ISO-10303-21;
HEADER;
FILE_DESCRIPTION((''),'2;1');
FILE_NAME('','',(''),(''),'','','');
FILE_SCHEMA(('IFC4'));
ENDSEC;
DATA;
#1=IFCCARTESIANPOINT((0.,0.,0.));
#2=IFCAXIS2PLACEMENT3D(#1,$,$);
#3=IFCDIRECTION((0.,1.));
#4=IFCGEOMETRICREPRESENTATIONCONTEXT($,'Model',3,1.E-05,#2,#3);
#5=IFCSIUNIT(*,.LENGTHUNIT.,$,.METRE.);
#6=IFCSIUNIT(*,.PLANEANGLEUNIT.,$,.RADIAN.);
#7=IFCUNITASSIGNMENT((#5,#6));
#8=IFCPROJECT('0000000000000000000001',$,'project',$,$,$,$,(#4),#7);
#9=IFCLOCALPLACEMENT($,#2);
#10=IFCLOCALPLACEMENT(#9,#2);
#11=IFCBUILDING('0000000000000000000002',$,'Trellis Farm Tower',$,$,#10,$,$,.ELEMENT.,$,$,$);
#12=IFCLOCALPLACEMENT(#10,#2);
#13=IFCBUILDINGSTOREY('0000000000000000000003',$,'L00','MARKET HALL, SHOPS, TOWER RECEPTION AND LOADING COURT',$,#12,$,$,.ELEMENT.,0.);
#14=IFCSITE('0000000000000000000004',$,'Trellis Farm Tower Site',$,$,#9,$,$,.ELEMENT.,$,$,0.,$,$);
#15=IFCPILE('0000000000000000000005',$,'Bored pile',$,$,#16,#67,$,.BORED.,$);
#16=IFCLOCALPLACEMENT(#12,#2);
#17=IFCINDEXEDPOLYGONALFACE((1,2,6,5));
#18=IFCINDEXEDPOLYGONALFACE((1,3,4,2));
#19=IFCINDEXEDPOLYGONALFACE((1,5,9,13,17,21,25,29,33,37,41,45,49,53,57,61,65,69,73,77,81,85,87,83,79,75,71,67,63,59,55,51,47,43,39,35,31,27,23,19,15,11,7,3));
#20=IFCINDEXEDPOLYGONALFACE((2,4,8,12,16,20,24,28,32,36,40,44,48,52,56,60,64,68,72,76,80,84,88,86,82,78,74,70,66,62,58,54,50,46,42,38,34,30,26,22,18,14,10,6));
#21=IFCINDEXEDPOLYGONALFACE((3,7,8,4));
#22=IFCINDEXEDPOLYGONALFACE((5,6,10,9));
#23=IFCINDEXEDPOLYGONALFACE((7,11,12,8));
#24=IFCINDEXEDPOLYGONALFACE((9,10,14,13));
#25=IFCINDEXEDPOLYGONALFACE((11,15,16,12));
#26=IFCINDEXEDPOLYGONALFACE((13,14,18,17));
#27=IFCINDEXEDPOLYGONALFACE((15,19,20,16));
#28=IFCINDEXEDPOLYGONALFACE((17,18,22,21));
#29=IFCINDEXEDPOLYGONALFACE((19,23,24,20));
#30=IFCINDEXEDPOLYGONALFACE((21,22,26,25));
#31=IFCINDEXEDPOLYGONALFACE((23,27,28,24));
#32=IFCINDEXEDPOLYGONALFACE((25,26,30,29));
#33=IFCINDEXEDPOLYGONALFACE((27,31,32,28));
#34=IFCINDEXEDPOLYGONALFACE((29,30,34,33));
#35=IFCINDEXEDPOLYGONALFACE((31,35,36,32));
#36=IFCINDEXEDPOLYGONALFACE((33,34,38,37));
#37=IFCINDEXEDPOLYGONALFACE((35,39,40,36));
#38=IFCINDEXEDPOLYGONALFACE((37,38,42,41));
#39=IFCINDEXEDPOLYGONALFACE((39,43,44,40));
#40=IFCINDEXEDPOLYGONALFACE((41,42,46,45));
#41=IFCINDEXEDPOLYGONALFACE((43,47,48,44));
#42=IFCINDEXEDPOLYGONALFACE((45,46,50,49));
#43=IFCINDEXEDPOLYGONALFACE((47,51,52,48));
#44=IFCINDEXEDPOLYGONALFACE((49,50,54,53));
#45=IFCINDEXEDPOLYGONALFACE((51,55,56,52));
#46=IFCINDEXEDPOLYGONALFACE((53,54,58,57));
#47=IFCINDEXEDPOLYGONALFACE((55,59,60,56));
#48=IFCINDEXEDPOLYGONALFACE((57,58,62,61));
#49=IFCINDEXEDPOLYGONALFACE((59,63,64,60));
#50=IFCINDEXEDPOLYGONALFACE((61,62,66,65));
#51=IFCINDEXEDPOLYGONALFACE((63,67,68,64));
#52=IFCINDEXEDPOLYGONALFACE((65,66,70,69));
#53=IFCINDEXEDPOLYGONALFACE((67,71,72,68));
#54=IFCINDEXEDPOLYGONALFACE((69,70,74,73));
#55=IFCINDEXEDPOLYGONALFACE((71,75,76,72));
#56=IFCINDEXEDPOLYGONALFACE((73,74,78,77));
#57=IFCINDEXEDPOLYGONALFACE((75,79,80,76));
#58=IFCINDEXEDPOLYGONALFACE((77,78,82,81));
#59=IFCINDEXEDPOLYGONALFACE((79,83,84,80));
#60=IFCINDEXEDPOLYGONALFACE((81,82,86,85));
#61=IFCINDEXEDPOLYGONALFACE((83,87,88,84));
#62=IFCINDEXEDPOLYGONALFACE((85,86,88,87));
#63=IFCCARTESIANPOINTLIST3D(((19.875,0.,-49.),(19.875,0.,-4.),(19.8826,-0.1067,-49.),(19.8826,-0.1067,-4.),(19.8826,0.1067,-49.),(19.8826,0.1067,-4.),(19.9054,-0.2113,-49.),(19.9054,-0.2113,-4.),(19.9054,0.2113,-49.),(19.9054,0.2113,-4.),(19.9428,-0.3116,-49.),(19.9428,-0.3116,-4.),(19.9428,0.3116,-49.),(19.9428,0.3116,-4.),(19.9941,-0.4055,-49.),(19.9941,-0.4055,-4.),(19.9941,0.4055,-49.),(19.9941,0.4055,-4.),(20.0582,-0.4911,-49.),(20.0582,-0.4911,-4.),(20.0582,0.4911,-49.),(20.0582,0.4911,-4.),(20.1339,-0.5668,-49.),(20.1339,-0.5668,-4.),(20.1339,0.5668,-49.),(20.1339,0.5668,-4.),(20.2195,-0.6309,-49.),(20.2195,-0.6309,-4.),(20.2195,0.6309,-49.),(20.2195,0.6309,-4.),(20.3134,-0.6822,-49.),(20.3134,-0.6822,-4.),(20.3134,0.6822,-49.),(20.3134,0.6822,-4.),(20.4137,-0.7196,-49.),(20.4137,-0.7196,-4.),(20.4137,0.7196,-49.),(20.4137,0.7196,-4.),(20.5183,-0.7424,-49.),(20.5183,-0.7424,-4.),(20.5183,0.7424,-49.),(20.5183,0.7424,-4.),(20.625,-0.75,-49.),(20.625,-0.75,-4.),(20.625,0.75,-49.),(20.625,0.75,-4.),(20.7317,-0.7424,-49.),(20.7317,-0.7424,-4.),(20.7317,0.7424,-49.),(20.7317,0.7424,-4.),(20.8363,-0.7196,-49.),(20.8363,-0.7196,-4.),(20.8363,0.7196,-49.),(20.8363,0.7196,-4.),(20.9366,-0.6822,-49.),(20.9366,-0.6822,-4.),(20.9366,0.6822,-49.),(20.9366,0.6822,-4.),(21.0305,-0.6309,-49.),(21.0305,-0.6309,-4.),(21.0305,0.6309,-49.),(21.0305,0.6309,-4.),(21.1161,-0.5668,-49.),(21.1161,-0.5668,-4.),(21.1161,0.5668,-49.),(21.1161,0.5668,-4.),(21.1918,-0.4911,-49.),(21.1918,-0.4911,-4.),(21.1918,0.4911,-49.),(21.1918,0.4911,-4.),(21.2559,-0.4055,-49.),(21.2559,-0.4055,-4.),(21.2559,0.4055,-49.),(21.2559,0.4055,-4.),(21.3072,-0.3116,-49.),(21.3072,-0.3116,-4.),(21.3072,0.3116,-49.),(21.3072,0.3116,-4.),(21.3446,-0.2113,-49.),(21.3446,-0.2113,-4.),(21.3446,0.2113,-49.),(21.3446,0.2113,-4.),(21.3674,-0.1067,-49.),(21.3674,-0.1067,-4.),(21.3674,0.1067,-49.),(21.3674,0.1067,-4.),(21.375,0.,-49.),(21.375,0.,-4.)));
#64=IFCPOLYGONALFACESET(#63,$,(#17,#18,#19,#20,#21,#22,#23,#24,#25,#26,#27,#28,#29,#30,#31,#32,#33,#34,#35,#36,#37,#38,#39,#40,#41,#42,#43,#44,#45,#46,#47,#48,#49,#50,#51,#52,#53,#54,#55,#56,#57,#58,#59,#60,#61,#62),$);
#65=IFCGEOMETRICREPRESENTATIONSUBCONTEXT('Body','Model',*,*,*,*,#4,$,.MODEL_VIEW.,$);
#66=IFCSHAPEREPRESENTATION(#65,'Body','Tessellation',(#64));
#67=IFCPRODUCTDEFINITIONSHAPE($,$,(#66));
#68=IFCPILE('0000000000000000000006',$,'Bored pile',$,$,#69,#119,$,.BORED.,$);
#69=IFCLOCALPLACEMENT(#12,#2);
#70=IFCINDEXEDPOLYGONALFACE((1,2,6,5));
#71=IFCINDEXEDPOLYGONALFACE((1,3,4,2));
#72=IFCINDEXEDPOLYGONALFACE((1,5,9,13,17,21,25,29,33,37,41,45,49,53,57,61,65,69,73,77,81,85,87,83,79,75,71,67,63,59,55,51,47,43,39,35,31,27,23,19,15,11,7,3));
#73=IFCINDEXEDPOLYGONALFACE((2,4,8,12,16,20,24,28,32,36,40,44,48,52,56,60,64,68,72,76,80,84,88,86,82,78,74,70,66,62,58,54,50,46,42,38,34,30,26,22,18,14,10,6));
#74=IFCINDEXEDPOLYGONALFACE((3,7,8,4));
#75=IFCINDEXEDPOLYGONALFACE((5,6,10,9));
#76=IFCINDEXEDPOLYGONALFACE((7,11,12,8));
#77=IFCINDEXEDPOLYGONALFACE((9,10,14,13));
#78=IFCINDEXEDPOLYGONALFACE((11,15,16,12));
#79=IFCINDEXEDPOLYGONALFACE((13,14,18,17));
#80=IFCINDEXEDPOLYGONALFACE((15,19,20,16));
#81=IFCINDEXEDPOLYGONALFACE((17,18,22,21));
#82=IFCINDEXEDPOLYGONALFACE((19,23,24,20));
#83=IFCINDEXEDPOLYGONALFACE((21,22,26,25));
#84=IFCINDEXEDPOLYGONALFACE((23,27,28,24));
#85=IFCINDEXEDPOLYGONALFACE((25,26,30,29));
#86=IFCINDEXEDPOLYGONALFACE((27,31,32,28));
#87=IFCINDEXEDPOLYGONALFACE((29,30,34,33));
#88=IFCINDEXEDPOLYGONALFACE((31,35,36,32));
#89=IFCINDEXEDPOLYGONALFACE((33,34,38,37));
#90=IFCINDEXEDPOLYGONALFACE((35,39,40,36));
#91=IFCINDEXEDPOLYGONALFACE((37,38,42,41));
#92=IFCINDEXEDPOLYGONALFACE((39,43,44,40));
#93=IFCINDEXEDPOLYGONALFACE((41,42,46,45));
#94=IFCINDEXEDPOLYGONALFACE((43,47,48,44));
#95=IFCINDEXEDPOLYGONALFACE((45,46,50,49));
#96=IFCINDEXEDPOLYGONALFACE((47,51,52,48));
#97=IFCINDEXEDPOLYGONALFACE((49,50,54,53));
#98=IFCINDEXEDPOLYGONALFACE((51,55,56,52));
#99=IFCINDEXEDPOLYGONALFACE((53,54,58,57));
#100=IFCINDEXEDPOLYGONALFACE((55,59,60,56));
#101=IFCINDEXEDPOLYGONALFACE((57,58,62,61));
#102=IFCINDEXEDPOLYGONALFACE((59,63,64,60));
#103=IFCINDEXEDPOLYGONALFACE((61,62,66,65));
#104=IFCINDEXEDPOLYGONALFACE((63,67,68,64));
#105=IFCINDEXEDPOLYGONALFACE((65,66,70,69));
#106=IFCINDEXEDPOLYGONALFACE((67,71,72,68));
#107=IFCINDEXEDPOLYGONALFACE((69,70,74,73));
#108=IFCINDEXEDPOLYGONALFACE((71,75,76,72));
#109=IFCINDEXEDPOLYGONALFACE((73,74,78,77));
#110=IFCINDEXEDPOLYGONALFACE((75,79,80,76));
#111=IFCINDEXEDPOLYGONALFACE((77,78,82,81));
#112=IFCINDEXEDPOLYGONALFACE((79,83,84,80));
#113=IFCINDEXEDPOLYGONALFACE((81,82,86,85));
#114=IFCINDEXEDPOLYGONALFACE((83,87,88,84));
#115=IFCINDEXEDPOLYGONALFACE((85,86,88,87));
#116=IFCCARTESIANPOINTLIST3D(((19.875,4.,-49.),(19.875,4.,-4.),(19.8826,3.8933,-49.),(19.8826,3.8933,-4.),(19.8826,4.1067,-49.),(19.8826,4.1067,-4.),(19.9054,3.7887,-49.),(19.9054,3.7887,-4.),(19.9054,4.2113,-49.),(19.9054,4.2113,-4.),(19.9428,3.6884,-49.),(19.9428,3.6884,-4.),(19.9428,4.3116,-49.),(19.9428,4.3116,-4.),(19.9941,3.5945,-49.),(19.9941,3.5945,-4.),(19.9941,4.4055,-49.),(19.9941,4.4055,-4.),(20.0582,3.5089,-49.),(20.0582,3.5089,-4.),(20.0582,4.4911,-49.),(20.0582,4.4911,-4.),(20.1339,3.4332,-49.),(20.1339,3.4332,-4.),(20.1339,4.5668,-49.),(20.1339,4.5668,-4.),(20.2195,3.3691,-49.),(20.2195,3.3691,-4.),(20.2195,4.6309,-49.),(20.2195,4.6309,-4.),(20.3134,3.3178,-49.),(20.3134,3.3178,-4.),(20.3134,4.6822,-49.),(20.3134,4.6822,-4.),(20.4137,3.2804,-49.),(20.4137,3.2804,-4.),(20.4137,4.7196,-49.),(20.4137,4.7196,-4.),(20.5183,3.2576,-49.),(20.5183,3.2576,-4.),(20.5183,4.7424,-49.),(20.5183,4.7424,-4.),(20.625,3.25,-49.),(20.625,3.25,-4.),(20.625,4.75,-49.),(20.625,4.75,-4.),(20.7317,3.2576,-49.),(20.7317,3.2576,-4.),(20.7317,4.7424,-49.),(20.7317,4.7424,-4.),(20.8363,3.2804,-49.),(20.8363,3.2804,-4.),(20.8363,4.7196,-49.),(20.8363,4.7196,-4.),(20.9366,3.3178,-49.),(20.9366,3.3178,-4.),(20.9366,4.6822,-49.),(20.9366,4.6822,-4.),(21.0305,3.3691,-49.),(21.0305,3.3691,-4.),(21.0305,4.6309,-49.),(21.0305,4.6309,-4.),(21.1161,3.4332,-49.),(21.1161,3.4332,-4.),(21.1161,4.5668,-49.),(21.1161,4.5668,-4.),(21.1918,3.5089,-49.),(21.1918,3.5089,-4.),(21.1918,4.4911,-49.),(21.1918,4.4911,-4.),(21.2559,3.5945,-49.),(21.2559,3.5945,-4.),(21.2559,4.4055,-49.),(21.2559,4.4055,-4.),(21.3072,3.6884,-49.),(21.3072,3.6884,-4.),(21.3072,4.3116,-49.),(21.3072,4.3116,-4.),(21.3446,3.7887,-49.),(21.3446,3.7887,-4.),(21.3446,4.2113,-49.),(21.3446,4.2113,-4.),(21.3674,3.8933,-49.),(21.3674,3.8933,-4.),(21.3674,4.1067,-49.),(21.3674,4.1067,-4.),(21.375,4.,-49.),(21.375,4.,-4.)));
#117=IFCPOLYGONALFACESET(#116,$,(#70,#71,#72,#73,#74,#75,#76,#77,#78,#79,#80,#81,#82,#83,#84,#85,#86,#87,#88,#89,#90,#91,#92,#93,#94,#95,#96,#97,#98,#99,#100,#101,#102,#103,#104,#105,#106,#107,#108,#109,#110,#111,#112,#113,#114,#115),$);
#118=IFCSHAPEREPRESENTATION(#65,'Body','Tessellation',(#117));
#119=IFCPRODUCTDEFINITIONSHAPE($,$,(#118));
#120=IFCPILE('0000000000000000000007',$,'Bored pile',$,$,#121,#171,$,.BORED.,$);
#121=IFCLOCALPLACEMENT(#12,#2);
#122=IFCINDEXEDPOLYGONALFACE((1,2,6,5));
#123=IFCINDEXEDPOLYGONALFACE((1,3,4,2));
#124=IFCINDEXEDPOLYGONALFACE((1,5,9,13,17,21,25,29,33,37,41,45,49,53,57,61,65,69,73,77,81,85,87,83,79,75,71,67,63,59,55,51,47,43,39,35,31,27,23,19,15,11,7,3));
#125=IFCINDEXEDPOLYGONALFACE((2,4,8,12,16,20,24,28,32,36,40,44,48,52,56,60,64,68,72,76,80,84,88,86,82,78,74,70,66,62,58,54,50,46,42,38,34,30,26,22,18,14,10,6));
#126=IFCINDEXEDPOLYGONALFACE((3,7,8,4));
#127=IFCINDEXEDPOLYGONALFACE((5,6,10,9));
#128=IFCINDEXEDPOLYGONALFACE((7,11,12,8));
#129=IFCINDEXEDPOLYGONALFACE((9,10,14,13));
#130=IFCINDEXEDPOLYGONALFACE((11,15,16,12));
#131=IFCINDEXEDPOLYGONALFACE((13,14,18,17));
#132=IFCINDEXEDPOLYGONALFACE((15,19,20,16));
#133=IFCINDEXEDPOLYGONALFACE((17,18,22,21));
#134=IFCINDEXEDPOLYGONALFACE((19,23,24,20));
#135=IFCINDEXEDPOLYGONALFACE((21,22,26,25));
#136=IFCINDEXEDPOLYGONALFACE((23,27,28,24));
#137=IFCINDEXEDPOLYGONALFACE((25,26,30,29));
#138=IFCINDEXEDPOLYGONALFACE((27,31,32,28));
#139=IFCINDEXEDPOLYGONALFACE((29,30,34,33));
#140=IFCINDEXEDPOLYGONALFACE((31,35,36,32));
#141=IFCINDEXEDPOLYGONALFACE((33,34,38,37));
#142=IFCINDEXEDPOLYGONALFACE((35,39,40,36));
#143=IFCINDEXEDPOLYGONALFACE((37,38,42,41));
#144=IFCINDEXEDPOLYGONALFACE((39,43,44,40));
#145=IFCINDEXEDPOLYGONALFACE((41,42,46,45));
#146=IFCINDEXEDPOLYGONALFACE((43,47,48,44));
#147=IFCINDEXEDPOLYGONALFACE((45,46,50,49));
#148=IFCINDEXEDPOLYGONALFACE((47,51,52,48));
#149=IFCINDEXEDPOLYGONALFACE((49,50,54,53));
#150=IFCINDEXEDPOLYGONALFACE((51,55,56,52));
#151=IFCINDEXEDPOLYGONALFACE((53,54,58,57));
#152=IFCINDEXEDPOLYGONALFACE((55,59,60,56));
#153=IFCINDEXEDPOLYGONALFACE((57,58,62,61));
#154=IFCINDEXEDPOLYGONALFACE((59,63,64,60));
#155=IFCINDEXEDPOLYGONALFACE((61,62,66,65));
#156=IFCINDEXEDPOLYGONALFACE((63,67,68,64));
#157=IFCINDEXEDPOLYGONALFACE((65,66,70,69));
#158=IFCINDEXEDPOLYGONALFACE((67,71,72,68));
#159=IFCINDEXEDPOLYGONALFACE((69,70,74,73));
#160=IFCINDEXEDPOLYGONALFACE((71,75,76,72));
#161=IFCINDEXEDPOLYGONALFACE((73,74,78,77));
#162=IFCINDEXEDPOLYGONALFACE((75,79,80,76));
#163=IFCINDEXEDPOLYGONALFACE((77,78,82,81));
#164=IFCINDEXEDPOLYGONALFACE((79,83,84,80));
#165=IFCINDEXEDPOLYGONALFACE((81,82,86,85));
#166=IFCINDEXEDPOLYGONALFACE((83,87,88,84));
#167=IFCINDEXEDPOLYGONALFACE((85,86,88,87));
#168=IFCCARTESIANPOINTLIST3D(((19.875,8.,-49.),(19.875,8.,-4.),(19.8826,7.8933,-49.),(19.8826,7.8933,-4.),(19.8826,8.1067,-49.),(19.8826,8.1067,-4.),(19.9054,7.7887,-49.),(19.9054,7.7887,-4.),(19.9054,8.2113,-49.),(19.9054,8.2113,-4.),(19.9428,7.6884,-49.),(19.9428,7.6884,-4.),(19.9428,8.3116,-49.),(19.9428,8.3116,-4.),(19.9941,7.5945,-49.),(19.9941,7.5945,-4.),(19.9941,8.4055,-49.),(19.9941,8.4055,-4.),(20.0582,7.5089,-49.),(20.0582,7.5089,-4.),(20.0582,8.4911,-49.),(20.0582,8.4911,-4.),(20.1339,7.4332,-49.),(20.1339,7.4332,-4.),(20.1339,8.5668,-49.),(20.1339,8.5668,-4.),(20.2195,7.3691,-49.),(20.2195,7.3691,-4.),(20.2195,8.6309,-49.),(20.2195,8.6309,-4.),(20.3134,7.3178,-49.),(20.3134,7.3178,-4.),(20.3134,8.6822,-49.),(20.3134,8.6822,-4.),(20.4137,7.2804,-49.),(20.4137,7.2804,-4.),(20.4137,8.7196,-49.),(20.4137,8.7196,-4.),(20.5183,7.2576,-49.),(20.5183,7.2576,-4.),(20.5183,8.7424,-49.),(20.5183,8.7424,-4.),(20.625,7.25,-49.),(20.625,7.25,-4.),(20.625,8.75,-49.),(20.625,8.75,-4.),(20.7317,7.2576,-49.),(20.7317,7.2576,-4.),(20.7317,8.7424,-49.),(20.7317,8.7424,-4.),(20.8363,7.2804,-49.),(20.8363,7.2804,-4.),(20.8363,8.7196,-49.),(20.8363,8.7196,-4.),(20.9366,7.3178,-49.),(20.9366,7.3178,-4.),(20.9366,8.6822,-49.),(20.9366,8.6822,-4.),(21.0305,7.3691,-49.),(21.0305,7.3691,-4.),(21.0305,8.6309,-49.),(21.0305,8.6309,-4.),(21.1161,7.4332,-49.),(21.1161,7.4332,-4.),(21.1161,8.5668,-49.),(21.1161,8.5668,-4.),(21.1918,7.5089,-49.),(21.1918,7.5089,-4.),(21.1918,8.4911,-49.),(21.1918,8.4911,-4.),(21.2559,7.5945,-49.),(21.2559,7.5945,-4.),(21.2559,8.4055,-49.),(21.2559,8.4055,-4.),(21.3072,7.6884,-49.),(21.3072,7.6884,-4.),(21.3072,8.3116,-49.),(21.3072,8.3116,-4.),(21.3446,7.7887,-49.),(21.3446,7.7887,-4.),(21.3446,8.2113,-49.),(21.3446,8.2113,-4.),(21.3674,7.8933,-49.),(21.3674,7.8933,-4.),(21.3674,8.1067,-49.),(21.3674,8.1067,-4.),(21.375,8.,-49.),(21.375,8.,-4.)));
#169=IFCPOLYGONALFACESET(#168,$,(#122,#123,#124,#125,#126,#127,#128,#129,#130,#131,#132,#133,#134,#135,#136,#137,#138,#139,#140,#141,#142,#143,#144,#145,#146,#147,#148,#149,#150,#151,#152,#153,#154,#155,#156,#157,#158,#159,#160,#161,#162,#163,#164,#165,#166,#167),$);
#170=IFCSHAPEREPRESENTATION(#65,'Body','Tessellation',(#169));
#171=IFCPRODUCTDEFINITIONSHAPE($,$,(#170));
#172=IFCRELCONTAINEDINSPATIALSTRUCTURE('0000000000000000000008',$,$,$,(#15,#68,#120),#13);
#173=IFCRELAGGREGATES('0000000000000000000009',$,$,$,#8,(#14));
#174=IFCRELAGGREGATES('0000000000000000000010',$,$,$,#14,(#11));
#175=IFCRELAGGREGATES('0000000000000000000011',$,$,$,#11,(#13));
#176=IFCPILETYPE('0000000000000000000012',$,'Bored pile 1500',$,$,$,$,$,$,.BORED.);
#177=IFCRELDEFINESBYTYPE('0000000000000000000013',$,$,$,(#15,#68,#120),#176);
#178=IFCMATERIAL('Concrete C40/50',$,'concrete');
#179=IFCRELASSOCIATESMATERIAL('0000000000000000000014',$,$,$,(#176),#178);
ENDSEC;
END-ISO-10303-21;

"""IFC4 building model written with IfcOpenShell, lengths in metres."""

from ifc_helpers import new_model, si_unit, direction, frame, origin, origin_2d, place, context, subcontext, project, spatial, circle, extrude, source, transform, mapped, material, material_profile, profile_set, type_object, element, save


model = new_model("IFC4")

# Units and contexts
model_context = context("Model", 3, precision=1e-05, world=origin(), true_north=direction((0.0, 1.0)))
body_context = subcontext(model_context, "Body", "Model", "MODEL_VIEW")
ifc_project = project(units=[si_unit("LENGTHUNIT", "METRE"), si_unit("PLANEANGLEUNIT", "RADIAN")], contexts=[model_context])

# Site, building, storey
site_placement = place(None, origin())
site = spatial("IfcSite", under=ifc_project, at=site_placement, Name="Trellis Farm Tower Site", CompositionType="ELEMENT", RefElevation=0.0)
building_placement = place(site_placement, origin())
building = spatial("IfcBuilding", under=site, at=building_placement, Name="Trellis Farm Tower", CompositionType="ELEMENT")
storey_placement = place(building_placement, origin())
storey = spatial("IfcBuildingStorey", under=building, at=storey_placement, Name="L00", Description="MARKET HALL, SHOPS, TOWER RECEPTION AND LOADING COURT", CompositionType="ELEMENT", Elevation=0.0)

# Piles
ifc_material_1 = material(Name="Concrete C40/50", Category="concrete")
ifc_material_profile_1 = material_profile(ifc_material_1, circle(Radius=0.75, at=origin_2d()), Name="Bored pile 1500")
ifc_profile_set_1 = profile_set([ifc_material_profile_1], Name="Concrete C40/50")
pile_type = type_object("IfcPileType", Name="Bored pile 1500", PredefinedType="BORED", material=ifc_profile_set_1)
shared_shape_1 = source(origin(), body_context, "Body", "SweptSolid", [
    extrude(circle(Radius=0.75, at=origin_2d()), origin(), (0.0, 0.0, 1.0), 45.0),
])
for number, where, z_axis, x_axis, name in (
    (1, (20.625, 0.0, -4.0), (0.0, 0.0, -1.0), (1.0, 0.0, 0.0), "Bored pile"),
    (2, (20.625, 4.0, -4.0), (0.0, 0.0, -1.0), (1.0, 0.0, 0.0), "Bored pile"),
    (3, (20.625, 8.0, -4.0), (0.0, 0.0, -1.0), (1.0, 0.0, 0.0), "Bored pile"),
):
    element("IfcPile", number, at=place(storey_placement, frame(where, z_axis=z_axis, x_axis=x_axis)), inside=storey, type_object=pile_type, Name=name, PredefinedType="BORED", context=body_context, shape_type="MappedRepresentation", body=[
        mapped(shared_shape_1, transform((0.0, 0.0, 0.0))),
    ])

save(model, "model.ifc")
